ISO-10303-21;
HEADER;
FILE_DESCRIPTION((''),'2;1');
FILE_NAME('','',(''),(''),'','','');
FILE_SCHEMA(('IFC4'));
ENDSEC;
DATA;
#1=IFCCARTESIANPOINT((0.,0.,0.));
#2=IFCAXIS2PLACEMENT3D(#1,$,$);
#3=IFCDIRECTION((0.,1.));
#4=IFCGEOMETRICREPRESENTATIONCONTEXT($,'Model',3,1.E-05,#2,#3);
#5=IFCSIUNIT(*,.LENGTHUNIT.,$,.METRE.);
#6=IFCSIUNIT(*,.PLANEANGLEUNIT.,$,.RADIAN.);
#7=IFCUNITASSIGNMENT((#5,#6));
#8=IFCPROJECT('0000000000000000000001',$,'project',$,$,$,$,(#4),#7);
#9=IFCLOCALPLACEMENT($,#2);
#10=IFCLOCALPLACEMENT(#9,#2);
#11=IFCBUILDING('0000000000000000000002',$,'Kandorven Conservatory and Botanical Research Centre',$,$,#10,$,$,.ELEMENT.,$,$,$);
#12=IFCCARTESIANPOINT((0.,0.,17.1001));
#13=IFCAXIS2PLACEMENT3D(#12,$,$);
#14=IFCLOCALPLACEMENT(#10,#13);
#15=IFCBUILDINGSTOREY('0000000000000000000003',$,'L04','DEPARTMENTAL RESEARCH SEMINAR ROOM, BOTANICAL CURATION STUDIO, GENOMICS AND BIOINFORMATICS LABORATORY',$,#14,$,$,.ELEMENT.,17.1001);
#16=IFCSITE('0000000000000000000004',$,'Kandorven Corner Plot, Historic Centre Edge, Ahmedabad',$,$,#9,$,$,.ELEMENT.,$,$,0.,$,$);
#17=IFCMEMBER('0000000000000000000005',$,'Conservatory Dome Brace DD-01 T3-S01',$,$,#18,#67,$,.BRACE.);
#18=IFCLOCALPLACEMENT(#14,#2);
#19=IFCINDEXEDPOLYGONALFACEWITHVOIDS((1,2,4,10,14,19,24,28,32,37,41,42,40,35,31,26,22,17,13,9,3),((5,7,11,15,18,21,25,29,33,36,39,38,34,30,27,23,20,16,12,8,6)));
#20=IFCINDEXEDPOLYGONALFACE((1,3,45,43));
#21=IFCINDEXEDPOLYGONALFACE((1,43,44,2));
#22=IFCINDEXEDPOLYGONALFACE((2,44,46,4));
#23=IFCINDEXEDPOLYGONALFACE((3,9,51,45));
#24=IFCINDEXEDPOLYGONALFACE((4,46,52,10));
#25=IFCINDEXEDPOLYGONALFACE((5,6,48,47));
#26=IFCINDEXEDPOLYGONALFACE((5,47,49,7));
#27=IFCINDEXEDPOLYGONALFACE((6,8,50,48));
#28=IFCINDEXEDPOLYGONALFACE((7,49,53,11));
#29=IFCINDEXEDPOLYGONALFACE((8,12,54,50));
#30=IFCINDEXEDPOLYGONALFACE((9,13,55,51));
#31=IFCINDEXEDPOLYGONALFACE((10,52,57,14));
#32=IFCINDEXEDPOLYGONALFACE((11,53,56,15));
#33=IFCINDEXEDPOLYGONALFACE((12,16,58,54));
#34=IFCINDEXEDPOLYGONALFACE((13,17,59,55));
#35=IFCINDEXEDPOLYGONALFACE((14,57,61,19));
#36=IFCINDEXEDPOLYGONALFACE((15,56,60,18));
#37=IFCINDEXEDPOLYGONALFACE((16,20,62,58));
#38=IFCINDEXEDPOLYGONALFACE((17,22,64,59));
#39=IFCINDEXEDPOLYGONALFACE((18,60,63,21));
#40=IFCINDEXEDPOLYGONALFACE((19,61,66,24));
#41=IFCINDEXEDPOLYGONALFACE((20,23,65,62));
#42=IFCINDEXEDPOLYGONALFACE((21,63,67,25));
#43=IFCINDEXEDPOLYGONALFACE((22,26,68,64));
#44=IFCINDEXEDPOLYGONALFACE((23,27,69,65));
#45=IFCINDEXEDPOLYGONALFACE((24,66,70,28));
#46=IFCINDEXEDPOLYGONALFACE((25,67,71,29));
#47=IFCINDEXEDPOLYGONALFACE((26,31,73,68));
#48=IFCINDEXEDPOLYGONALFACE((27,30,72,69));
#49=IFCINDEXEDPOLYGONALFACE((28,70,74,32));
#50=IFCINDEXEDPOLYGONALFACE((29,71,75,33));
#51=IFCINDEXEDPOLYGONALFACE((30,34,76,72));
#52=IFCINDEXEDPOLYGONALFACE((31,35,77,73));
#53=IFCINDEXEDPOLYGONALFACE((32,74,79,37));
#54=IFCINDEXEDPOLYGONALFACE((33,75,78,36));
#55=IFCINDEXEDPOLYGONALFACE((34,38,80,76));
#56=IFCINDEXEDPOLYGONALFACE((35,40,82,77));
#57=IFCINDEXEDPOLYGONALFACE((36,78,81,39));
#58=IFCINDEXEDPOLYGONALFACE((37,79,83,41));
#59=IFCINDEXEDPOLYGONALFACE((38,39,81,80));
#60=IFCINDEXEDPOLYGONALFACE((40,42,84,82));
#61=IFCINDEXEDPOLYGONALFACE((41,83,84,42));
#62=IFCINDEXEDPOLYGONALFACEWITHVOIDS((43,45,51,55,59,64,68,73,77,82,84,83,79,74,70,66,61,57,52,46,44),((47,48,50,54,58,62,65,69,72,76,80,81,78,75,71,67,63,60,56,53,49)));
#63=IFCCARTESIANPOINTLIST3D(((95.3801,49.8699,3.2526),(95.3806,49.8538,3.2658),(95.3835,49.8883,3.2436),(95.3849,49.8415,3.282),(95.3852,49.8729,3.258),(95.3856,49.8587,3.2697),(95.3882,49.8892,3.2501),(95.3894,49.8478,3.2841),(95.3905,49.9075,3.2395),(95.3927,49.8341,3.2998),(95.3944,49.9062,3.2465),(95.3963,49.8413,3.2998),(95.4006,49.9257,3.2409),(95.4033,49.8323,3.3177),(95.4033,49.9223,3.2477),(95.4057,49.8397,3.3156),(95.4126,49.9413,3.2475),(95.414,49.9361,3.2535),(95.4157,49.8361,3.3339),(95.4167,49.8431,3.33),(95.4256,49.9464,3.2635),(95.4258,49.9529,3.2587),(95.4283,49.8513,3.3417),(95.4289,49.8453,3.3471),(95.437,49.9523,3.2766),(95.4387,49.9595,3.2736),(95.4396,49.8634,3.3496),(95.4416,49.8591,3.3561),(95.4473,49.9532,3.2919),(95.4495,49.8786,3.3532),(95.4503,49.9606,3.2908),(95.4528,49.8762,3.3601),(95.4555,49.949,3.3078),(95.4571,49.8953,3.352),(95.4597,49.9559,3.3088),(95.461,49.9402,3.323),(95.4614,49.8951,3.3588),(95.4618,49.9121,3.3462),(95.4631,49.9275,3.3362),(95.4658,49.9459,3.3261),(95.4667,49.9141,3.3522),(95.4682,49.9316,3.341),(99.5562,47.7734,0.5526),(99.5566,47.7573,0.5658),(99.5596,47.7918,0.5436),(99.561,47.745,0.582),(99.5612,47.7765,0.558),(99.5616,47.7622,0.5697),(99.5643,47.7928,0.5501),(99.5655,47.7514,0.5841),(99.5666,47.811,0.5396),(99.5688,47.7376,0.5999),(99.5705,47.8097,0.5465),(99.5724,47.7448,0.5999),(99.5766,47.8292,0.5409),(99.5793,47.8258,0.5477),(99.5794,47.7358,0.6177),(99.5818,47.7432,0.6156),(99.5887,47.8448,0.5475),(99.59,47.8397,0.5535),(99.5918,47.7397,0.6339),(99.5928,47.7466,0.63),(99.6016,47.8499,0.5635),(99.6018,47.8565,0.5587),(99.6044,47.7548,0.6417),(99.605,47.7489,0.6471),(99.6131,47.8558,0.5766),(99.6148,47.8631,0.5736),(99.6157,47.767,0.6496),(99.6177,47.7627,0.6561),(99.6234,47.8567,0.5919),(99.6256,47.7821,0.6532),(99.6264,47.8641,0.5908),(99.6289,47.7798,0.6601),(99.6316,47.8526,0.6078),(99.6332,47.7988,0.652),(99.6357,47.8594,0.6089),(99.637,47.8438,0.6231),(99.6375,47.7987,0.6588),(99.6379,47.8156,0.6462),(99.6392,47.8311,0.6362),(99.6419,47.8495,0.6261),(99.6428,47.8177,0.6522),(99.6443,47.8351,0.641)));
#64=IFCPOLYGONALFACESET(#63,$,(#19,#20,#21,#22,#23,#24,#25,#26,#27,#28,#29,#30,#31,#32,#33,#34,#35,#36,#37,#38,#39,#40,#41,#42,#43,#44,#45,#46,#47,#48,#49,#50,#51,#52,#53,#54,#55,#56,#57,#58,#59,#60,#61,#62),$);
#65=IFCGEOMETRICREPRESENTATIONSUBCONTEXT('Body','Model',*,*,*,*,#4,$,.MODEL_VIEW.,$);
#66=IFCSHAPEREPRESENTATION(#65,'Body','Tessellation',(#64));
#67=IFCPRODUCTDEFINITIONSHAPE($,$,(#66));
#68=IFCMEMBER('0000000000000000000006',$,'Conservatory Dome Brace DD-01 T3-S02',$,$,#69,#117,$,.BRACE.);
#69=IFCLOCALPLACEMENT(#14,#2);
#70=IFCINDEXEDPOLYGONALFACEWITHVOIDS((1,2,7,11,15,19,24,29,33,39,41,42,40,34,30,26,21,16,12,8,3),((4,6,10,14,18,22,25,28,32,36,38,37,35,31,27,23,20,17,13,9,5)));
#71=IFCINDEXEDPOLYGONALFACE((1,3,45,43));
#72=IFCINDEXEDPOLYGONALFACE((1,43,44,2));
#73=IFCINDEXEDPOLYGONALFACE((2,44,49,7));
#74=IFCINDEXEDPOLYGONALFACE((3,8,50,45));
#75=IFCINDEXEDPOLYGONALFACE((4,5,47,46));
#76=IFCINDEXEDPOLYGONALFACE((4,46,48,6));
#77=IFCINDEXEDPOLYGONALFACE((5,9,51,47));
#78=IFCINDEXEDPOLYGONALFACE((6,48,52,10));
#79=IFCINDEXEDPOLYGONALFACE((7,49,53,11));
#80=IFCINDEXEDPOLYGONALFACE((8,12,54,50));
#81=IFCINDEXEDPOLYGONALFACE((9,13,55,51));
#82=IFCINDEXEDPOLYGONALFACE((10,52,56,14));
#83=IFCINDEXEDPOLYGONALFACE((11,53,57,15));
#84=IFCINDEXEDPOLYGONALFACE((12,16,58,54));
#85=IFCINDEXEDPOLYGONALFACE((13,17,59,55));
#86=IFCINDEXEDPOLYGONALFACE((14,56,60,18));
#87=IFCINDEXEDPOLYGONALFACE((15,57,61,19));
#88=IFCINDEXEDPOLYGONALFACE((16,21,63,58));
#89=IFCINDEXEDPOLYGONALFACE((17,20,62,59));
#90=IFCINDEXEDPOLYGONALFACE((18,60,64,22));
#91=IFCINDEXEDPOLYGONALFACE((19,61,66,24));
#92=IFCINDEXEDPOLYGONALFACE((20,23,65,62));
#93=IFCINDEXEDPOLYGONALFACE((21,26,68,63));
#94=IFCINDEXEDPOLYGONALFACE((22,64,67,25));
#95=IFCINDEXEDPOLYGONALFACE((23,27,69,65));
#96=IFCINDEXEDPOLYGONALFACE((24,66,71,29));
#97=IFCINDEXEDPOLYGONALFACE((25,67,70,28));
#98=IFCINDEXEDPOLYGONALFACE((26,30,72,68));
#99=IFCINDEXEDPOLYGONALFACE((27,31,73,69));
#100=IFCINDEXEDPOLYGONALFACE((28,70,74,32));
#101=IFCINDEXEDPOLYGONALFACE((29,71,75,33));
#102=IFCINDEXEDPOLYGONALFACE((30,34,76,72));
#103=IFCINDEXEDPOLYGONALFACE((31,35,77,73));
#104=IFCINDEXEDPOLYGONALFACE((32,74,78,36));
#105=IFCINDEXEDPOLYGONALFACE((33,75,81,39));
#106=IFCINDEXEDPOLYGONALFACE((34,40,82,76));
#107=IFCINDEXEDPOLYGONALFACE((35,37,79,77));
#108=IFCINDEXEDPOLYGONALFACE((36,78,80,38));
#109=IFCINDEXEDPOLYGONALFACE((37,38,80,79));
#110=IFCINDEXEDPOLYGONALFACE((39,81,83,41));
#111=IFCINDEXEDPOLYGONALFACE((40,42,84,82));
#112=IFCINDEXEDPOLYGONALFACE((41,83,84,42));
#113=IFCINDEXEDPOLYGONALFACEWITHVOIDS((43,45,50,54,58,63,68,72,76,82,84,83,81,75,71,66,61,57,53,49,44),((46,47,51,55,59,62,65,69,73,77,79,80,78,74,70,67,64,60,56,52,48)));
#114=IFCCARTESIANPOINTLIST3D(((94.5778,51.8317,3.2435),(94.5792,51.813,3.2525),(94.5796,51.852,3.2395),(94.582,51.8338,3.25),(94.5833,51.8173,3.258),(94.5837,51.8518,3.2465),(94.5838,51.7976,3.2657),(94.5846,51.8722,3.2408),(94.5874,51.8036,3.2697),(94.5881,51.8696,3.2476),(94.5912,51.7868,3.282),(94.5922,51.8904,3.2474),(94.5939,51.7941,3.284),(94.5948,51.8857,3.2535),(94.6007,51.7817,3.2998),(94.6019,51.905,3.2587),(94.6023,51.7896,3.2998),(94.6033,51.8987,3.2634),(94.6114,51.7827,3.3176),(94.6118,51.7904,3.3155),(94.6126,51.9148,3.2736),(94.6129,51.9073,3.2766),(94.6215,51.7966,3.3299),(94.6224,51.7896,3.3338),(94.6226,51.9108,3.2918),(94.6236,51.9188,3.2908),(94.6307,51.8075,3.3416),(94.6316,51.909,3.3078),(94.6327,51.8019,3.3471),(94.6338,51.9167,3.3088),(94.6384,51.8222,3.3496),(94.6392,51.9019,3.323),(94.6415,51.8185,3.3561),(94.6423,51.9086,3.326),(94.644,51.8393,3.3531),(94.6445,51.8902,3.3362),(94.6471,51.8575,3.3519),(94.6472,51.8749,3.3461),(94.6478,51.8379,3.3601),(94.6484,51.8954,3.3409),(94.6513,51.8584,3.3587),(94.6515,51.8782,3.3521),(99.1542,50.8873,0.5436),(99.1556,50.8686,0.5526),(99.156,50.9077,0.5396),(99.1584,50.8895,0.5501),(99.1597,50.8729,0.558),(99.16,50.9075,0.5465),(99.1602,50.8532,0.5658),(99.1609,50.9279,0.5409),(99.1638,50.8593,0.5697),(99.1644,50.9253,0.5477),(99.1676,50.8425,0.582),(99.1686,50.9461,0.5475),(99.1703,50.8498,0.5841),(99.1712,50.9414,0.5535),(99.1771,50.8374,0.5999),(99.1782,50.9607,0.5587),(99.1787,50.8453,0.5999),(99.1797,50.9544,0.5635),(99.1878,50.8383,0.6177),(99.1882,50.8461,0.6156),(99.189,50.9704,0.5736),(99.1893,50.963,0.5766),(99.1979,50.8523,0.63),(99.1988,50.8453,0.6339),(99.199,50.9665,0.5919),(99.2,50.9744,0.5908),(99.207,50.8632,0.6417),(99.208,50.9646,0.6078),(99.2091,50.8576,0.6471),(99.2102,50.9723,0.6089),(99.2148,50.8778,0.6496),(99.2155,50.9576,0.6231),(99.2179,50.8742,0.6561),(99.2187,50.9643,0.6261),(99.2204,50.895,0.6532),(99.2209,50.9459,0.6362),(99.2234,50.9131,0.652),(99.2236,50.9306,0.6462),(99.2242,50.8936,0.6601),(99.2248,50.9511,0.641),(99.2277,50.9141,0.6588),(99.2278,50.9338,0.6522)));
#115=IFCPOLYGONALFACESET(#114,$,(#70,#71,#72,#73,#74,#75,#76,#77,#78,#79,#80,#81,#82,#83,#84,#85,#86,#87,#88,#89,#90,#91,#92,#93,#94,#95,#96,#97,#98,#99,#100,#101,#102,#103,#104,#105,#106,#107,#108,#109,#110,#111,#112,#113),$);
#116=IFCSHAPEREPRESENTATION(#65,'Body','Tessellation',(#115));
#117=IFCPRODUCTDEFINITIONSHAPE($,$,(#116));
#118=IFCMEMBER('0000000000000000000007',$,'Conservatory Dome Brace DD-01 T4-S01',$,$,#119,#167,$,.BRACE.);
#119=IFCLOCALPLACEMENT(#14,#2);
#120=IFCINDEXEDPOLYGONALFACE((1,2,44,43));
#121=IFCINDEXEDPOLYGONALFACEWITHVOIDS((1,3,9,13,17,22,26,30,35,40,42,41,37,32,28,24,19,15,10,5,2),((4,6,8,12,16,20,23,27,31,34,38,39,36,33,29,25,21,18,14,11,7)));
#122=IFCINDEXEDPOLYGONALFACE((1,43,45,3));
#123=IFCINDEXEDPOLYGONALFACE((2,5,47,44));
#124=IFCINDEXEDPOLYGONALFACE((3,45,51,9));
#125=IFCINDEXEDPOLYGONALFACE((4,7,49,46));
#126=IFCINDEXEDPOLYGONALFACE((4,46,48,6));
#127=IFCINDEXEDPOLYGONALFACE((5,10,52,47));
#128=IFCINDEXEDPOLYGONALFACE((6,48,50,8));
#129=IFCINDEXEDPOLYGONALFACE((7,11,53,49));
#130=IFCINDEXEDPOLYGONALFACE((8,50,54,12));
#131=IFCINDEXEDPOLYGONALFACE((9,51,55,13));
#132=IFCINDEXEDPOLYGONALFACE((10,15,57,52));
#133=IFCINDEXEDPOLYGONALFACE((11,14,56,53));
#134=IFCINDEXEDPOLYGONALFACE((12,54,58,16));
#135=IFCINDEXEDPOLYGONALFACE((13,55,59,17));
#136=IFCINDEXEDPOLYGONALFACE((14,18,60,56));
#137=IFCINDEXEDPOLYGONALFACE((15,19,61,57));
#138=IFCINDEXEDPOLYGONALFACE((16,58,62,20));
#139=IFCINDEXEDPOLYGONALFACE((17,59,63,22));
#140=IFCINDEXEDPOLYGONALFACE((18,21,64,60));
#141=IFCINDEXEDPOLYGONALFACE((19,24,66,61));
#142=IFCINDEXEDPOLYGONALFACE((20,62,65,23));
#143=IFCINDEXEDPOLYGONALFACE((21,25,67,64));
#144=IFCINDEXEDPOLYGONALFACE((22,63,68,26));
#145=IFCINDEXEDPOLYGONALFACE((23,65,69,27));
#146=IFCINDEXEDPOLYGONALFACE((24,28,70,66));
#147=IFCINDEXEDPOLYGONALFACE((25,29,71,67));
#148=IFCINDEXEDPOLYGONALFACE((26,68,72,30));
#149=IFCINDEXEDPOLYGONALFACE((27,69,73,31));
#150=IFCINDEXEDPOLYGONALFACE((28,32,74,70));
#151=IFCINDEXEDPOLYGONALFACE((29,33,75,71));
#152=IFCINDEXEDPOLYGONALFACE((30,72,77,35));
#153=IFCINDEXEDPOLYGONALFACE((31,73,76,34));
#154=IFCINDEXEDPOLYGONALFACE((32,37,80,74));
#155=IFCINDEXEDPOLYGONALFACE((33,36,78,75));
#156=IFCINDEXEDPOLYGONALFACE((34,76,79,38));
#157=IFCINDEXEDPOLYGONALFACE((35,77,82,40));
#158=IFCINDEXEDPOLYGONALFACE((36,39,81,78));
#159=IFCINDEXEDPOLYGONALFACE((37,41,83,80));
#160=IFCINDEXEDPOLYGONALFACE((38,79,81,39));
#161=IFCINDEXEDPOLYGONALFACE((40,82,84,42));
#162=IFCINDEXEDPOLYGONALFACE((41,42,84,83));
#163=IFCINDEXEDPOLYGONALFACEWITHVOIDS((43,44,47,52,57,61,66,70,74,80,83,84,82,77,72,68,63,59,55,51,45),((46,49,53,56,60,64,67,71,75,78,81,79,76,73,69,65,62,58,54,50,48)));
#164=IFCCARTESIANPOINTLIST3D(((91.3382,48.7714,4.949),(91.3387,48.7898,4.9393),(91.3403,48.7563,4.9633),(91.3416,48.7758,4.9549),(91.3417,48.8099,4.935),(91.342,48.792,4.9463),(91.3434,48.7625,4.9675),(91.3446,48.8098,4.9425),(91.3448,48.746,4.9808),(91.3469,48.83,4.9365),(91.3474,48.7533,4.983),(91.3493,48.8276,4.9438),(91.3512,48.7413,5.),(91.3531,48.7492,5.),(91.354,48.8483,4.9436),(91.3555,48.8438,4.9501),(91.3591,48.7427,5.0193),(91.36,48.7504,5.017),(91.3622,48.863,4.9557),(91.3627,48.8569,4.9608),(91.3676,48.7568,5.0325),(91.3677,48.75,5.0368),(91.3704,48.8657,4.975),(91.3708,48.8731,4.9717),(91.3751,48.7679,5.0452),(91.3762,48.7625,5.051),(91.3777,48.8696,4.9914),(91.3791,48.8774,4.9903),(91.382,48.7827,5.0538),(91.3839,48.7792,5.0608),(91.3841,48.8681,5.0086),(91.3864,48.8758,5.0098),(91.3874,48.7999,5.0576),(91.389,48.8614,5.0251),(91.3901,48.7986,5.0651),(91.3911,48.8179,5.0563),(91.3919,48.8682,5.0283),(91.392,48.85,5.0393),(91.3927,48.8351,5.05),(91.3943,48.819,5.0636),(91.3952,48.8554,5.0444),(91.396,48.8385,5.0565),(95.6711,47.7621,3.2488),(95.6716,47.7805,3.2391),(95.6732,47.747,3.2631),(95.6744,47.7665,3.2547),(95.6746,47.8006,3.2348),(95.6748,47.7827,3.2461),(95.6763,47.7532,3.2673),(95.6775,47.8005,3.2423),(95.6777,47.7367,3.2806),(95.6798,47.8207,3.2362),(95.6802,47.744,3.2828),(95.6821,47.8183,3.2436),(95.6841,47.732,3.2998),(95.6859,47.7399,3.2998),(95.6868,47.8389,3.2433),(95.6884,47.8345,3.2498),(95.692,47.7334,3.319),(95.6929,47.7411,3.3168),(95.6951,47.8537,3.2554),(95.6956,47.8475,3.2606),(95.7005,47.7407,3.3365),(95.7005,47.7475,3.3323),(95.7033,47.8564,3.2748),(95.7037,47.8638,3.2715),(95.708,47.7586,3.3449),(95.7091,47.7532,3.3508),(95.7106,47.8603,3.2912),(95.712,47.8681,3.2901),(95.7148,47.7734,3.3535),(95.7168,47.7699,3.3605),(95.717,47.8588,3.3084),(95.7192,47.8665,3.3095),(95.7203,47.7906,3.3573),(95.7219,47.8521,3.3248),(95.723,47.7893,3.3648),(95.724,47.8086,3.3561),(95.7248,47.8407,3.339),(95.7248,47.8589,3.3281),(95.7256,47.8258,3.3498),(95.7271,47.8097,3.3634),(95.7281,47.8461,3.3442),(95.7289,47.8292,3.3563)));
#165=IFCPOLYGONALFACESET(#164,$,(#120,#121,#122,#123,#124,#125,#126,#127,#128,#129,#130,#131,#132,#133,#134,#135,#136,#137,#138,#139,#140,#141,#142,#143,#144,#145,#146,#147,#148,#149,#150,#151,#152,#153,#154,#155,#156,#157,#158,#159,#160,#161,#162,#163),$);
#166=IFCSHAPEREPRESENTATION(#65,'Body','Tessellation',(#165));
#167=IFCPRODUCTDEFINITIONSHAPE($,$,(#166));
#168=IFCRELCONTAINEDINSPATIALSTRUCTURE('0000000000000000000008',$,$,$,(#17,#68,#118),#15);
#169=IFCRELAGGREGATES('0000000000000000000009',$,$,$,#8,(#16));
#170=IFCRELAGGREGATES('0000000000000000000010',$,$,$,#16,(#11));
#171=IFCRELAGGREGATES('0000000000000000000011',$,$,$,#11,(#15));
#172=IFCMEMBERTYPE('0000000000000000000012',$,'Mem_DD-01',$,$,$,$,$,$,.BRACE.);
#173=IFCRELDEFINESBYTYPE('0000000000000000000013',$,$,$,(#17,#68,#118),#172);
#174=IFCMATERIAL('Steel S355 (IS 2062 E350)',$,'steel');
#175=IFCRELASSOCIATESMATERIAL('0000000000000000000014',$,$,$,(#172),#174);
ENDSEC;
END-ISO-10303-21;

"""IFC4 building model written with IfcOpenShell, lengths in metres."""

from ifc_helpers import new_model, si_unit, direction, frame, origin, origin_2d, place, context, subcontext, project, spatial, hollow_circle, extrude, material, material_profile, profile_set, type_object, element, save


model = new_model("IFC4")

# Units and contexts
model_context = context("Model", 3, precision=1e-05, world=origin(), true_north=direction((0.0, 1.0)))
body_context = subcontext(model_context, "Body", "Model", "MODEL_VIEW")
ifc_project = project(units=[si_unit("LENGTHUNIT", "METRE"), si_unit("PLANEANGLEUNIT", "RADIAN")], contexts=[model_context])

# Site, building, storey
site_placement = place(None, origin())
site = spatial("IfcSite", under=ifc_project, at=site_placement, Name="Kandorven Corner Plot, Historic Centre Edge, Ahmedabad", CompositionType="ELEMENT", RefElevation=0.0)
building_placement = place(site_placement, origin())
building = spatial("IfcBuilding", under=site, at=building_placement, Name="Kandorven Conservatory and Botanical Research Centre", CompositionType="ELEMENT")
storey_placement = place(building_placement, frame((0.0, 0.0, 17.1001)))
storey = spatial("IfcBuildingStorey", under=building, at=storey_placement, Name="L04", Description="DEPARTMENTAL RESEARCH SEMINAR ROOM, BOTANICAL CURATION STUDIO, GENOMICS AND BIOINFORMATICS LABORATORY", CompositionType="ELEMENT", Elevation=17.1001)

# Members
ifc_material_1 = material(Name="Steel S355 (IS 2062 E350)", Category="steel")
ifc_material_profile_1 = material_profile(ifc_material_1, hollow_circle(Radius=0.0698, WallThickness=0.0081, at=origin_2d()))
ifc_profile_set_1 = profile_set([ifc_material_profile_1], Name="Steel S355 (IS 2062 E350)")
member_type_1 = type_object("IfcMemberType", Name="Mem_DD-01", PredefinedType="BRACE", material=ifc_profile_set_1)
for number, where, z_axis, x_axis, name in (
    (1, (99.6001, 47.8, 0.5999), (-0.773816, 0.388469, 0.5003), (-0.448655, -0.893705, 0.0), "Conservatory Dome Brace DD-01 T3-S01"),
    (2, (99.1912, 50.9058, 0.5999), (-0.847992, 0.174982, 0.500291), (-0.202091, -0.979367, 0.0), "Conservatory Dome Brace DD-01 T3-S02"),
):
    element("IfcMember", number, at=place(storey_placement, frame(where, z_axis=z_axis, x_axis=x_axis)), inside=storey, type_object=member_type_1, Name=name, PredefinedType="BRACE", context=body_context, shape_type="SweptSolid", body=[
        extrude(hollow_circle(Radius=0.0698, WallThickness=0.0081, at=origin_2d()), origin(), (0.0, 0.0, 1.0), 5.3967),
    ])
for number, where, z_axis, x_axis, name in (
    (3, (95.7, 47.8, 3.2998), (-0.909752, 0.211918, 0.356991), (-0.226867, -0.973926, 0.0), "Conservatory Dome Brace DD-01 T4-S01"),
):
    element("IfcMember", number, at=place(storey_placement, frame(where, z_axis=z_axis, x_axis=x_axis)), inside=storey, type_object=member_type_1, Name=name, PredefinedType="BRACE", context=body_context, shape_type="SweptSolid", body=[
        extrude(hollow_circle(Radius=0.0698, WallThickness=0.0081, at=origin_2d()), origin(), (0.0, 0.0, 1.0), 4.7627),
    ])

save(model, "model.ifc")
